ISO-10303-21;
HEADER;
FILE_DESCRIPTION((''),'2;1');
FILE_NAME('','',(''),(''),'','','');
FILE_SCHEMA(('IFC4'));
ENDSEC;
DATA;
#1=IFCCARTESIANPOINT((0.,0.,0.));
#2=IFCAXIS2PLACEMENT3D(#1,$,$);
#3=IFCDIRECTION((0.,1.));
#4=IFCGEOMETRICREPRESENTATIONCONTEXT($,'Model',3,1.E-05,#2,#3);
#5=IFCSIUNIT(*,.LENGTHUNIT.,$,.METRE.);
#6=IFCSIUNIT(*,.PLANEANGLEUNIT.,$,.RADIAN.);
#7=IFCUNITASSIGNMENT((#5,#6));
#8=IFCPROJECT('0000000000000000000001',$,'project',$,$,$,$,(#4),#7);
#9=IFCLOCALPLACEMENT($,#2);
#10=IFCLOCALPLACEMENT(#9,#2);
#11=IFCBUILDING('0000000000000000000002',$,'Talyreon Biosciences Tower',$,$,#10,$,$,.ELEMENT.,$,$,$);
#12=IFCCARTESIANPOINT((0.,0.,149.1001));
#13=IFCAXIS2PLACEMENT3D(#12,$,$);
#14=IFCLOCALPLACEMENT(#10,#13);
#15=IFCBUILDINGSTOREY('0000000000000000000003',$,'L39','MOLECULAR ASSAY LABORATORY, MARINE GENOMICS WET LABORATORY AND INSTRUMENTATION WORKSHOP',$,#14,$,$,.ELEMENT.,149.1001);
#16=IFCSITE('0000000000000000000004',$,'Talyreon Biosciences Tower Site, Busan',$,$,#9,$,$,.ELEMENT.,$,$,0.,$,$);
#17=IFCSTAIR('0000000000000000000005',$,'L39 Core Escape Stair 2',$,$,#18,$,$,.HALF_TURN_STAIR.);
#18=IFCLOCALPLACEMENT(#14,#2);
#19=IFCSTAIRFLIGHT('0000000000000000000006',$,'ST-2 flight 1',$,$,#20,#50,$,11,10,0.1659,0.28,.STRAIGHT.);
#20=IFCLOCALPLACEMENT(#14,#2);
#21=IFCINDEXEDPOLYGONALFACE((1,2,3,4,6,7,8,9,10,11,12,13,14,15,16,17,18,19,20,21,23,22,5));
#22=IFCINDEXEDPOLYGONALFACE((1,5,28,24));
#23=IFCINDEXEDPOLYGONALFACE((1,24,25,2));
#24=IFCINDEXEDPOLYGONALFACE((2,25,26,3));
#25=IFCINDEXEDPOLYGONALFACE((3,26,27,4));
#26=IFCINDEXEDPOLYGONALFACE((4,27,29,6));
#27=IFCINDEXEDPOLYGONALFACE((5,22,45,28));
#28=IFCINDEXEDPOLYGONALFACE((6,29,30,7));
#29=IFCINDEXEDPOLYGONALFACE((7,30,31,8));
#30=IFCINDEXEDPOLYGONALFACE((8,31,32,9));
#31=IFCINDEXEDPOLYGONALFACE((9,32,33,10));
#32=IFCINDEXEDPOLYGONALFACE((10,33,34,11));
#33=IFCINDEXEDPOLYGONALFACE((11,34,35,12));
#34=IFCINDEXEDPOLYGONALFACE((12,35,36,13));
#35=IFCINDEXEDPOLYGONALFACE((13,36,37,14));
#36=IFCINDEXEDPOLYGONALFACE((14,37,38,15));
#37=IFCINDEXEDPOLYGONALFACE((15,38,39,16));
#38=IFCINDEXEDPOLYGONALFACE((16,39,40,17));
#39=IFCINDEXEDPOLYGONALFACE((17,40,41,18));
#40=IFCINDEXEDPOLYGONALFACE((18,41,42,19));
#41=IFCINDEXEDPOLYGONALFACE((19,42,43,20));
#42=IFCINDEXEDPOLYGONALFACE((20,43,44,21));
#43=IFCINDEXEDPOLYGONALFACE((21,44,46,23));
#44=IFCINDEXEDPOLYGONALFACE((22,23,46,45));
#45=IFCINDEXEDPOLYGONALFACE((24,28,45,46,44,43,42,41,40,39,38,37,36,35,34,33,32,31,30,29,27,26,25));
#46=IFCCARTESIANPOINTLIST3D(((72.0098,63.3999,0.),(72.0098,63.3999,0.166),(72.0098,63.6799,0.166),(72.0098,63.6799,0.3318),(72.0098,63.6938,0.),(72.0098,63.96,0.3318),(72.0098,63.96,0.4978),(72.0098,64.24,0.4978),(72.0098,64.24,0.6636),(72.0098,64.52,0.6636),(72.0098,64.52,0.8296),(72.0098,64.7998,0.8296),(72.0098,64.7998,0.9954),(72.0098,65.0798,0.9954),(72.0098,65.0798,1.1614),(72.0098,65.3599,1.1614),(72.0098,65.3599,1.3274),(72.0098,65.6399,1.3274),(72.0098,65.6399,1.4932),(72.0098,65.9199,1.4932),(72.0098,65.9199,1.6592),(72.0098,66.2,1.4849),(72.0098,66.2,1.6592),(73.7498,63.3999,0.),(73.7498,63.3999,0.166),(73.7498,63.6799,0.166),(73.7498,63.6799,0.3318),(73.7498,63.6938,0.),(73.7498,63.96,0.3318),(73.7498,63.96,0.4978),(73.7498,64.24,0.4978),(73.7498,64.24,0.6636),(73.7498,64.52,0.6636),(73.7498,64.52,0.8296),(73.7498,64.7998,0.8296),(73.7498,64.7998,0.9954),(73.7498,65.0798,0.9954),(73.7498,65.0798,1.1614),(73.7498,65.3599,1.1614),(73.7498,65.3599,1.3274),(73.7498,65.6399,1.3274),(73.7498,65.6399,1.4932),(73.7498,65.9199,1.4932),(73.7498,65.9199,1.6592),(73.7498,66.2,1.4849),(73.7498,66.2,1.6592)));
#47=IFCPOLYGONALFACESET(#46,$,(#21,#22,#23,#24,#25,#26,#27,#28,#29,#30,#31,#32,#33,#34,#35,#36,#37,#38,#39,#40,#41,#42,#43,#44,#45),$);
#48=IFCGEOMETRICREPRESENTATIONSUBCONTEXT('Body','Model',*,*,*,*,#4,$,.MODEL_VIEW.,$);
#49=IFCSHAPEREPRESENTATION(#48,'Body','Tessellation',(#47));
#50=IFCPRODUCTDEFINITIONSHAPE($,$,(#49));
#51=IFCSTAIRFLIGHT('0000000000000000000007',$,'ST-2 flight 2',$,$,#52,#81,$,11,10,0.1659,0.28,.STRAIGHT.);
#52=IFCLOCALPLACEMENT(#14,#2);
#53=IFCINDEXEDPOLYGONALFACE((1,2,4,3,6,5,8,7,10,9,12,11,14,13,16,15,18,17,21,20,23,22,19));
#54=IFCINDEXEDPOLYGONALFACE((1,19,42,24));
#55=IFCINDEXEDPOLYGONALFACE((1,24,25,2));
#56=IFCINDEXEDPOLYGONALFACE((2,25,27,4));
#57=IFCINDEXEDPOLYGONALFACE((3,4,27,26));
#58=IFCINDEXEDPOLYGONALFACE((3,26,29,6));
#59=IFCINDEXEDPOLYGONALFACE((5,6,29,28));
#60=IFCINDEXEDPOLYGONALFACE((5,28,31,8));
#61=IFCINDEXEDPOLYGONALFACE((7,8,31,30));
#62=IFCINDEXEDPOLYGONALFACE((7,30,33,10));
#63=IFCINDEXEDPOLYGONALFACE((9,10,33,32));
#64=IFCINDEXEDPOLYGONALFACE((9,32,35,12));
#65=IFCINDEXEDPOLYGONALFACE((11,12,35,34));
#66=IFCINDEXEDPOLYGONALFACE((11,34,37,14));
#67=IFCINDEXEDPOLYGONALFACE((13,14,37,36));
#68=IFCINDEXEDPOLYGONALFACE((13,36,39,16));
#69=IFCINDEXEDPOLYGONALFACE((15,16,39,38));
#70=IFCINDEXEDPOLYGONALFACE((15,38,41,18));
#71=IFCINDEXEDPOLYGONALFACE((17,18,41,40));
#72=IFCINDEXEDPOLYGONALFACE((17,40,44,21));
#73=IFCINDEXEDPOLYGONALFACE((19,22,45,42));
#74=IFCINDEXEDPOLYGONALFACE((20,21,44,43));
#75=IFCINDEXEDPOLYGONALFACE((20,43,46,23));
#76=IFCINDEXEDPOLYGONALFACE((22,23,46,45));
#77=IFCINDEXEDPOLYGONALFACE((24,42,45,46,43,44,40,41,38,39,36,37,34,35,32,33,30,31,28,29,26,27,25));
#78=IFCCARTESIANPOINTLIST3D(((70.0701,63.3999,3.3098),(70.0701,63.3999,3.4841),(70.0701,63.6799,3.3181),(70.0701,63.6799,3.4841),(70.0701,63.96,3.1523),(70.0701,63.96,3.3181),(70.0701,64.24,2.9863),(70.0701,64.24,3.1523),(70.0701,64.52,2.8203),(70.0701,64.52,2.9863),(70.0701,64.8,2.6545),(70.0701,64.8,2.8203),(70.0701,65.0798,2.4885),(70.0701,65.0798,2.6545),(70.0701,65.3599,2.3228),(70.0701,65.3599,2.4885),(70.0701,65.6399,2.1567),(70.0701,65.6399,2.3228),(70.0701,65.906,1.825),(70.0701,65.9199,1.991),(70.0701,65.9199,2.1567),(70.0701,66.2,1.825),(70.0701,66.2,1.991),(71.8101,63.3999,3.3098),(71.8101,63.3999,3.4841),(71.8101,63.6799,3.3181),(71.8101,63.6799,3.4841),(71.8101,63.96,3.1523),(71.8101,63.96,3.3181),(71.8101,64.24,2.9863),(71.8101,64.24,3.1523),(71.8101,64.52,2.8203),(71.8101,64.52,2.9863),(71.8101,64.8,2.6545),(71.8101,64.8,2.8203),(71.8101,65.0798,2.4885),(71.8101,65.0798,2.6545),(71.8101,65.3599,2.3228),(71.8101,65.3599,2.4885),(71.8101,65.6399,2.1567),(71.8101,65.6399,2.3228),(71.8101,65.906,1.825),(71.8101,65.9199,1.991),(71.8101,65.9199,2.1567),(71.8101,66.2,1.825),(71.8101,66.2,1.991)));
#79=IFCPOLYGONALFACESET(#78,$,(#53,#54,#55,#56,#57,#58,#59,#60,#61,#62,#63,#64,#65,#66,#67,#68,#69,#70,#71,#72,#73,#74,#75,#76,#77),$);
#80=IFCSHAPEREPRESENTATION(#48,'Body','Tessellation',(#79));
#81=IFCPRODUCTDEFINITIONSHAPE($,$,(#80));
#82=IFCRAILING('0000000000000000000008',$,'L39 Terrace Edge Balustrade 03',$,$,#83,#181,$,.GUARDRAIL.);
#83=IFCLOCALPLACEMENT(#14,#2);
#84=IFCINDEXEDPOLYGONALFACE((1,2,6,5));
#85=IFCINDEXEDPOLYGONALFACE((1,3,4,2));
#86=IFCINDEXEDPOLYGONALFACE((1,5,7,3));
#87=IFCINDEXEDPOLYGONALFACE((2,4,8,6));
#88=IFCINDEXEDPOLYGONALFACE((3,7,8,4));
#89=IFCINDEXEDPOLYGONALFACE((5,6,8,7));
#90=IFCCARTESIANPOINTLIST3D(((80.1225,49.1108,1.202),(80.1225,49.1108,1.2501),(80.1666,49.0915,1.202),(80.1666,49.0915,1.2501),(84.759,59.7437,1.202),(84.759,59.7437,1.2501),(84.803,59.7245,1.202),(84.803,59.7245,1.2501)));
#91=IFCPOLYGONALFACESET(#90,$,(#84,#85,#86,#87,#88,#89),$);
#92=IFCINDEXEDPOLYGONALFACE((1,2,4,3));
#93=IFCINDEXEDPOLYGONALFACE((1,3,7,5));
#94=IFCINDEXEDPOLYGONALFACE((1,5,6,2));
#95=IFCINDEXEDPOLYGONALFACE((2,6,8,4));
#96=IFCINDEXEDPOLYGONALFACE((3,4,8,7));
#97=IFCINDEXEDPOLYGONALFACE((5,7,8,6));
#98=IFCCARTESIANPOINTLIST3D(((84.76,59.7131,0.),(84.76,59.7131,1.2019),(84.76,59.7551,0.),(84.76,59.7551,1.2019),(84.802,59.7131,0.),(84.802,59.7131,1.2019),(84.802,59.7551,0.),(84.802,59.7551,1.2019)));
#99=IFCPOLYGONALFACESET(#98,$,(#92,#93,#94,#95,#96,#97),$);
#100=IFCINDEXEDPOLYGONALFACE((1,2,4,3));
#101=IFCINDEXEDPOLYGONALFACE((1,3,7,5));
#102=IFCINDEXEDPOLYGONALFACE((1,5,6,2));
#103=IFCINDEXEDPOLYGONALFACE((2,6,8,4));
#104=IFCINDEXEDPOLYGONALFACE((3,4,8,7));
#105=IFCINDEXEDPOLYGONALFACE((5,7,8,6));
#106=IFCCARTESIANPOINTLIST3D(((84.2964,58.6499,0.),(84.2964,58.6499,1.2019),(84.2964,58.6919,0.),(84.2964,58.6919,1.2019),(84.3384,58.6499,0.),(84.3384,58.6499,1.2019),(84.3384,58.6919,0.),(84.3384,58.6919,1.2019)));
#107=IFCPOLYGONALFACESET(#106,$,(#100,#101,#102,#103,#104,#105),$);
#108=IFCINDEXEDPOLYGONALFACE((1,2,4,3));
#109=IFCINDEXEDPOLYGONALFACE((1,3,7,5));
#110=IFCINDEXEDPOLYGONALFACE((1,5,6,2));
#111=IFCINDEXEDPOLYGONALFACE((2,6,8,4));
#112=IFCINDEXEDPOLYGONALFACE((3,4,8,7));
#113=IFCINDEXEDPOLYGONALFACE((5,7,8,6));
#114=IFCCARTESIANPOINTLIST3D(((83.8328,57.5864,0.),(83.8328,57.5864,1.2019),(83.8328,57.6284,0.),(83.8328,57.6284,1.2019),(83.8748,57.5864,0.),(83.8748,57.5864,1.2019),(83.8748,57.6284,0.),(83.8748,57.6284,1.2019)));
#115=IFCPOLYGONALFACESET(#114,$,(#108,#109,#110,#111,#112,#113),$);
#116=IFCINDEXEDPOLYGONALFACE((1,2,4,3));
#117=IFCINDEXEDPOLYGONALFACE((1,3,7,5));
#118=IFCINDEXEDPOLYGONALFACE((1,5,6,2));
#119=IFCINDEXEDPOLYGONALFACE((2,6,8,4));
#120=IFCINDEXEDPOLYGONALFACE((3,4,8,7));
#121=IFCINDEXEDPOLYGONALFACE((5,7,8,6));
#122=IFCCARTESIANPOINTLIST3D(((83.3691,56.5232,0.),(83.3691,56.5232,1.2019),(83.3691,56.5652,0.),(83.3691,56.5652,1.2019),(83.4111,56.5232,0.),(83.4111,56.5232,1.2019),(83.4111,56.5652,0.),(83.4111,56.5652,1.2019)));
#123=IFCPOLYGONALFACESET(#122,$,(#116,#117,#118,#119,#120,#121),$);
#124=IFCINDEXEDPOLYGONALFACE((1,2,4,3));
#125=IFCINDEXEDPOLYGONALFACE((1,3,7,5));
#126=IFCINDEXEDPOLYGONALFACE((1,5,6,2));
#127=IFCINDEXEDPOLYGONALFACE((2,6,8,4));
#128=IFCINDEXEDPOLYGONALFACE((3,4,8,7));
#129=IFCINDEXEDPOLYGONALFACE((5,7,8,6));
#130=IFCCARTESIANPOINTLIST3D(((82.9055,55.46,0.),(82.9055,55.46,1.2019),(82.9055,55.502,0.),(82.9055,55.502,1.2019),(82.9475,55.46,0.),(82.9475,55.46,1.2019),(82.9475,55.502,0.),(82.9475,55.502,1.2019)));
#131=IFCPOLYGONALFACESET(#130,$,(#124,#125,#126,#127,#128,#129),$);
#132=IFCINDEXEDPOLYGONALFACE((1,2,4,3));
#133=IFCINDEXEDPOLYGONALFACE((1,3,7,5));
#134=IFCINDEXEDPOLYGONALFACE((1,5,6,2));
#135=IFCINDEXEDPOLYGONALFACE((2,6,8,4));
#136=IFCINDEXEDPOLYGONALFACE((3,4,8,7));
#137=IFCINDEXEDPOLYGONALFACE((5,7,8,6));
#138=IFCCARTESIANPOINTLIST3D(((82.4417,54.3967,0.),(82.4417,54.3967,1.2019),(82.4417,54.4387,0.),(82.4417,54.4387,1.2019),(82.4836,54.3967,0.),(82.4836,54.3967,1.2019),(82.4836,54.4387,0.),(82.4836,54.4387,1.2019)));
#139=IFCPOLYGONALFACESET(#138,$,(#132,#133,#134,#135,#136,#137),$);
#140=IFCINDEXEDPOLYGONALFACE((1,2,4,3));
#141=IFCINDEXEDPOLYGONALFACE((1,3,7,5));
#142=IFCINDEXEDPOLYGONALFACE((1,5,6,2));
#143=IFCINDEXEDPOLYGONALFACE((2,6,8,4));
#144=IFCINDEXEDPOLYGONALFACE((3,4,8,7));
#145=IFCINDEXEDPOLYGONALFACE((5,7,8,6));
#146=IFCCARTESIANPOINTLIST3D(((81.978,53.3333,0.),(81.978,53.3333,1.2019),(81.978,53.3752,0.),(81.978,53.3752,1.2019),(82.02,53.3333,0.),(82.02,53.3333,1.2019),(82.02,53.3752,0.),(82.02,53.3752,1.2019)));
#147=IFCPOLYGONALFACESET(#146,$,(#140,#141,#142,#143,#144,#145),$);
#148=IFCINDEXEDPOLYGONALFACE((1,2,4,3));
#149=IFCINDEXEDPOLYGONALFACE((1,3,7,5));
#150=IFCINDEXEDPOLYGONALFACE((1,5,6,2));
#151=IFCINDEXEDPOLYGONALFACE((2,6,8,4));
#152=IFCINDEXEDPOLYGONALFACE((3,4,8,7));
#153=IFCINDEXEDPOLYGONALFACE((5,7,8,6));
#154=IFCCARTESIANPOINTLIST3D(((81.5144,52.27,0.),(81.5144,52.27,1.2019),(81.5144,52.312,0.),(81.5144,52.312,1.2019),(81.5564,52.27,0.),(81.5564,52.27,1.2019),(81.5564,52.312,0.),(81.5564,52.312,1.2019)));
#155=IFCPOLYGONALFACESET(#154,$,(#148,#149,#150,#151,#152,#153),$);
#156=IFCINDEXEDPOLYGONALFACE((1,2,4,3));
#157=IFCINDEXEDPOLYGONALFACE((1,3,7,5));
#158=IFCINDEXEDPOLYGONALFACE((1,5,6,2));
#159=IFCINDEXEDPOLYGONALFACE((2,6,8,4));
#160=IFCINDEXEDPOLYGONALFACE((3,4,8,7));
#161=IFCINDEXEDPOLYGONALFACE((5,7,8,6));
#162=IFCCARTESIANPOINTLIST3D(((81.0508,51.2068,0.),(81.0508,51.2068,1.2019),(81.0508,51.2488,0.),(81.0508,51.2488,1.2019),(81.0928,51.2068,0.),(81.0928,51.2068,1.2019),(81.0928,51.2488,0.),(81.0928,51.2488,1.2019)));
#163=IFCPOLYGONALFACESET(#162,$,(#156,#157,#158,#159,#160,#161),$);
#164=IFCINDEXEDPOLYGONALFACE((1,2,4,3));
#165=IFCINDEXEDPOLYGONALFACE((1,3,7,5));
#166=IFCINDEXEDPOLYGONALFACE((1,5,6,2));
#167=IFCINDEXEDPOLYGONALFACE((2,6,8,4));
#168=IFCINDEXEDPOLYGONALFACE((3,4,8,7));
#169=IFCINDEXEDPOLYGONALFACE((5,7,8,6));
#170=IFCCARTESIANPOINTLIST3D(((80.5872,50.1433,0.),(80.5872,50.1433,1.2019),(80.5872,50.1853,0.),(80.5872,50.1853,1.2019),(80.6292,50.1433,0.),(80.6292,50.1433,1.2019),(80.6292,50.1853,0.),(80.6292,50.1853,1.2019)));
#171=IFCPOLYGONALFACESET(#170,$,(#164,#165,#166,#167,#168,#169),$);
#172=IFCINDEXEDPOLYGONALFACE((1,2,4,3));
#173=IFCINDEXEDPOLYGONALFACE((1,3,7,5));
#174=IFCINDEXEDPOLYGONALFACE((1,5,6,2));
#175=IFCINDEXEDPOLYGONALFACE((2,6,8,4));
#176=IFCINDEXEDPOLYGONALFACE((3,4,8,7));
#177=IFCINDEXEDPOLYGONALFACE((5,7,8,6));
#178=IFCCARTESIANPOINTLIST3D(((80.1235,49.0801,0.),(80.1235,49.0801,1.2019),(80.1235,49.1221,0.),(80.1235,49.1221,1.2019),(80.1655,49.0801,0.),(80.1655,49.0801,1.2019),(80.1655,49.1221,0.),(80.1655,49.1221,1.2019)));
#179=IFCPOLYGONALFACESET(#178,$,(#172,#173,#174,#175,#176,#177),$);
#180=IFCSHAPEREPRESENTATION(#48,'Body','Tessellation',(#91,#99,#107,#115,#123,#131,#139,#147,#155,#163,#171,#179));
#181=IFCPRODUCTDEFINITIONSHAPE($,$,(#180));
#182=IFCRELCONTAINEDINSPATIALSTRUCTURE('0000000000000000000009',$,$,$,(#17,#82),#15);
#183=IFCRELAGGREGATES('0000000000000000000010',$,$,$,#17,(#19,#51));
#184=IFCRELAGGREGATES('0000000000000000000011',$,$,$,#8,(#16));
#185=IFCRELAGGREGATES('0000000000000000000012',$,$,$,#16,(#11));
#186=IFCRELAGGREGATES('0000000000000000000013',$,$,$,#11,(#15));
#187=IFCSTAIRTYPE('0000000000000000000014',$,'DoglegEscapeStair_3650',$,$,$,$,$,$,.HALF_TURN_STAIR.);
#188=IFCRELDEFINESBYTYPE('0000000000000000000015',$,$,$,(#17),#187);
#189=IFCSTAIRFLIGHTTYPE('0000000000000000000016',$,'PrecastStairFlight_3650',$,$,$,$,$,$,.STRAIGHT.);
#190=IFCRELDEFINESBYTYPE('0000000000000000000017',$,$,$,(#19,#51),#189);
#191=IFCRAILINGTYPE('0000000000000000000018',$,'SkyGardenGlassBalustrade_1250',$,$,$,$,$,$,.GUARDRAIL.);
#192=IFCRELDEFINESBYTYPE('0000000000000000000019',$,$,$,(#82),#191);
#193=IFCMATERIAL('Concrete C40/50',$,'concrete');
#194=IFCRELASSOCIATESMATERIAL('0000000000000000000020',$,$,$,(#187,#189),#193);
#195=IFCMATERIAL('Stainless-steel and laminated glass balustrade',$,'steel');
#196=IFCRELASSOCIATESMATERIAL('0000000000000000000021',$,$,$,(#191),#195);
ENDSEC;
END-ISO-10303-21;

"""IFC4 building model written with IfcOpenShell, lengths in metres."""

from ifc_helpers import new_model, si_unit, direction, frame, origin, origin_2d, place, context, subcontext, project, spatial, polyline, rectangle, outline, extrude, material, type_object, element, aggregate, save


model = new_model("IFC4")

# Units and contexts
model_context = context("Model", 3, precision=1e-05, world=origin(), true_north=direction((0.0, 1.0)))
body_context = subcontext(model_context, "Body", "Model", "MODEL_VIEW")
ifc_project = project(units=[si_unit("LENGTHUNIT", "METRE"), si_unit("PLANEANGLEUNIT", "RADIAN")], contexts=[model_context])

# Site, building, storey
site_placement = place(None, origin())
site = spatial("IfcSite", under=ifc_project, at=site_placement, Name="Talyreon Biosciences Tower Site, Busan", CompositionType="ELEMENT", RefElevation=0.0)
building_placement = place(site_placement, origin())
building = spatial("IfcBuilding", under=site, at=building_placement, Name="Talyreon Biosciences Tower", CompositionType="ELEMENT")
storey_placement = place(building_placement, frame((0.0, 0.0, 149.1001)))
storey = spatial("IfcBuildingStorey", under=building, at=storey_placement, Name="L39", Description="MOLECULAR ASSAY LABORATORY, MARINE GENOMICS WET LABORATORY AND INSTRUMENTATION WORKSHOP", CompositionType="ELEMENT", Elevation=149.1001)

# Stair, stair flights
ifc_material_1 = material(Name="Concrete C40/50", Category="concrete")
stair_type = type_object("IfcStairType", Name="DoglegEscapeStair_3650", PredefinedType="HALF_TURN_STAIR", material=ifc_material_1)
stair_placement = place(storey_placement, origin())
stair = element("IfcStair", 1, at=stair_placement, inside=storey, type_object=stair_type, Name="L39 Core Escape Stair 2", PredefinedType="HALF_TURN_STAIR")
stair_flight_type = type_object("IfcStairFlightType", Name="PrecastStairFlight_3650", PredefinedType="STRAIGHT", material=ifc_material_1)
stair_flight_1_placement = place(storey_placement, frame((72.8799, 63.3999, 0.0), z_axis=(0.0, 0.0, 1.0), x_axis=(0.0, 1.0, 0.0)))
stair_flight_1 = element("IfcStairFlight", 2, at=stair_flight_1_placement, type_object=stair_flight_type, Name="ST-2 flight 1", NumberOfRisers=11, NumberOfTreads=10, PredefinedType="STRAIGHT", RiserHeight=0.1659, TreadLength=0.28, context=body_context, shape_type="SweptSolid", body=[
    extrude(outline(polyline([(0.0, 0.0), (0.0, 0.166), (0.28, 0.166), (0.28, 0.3318), (0.5601, 0.3318), (0.5601, 0.4978), (0.8401, 0.4978), (0.8401, 0.6636), (1.1201, 0.6636), (1.1201, 0.8296), (1.3999, 0.8296), (1.3999, 0.9954), (1.6799, 0.9954), (1.6799, 1.1614), (1.96, 1.1614), (1.96, 1.3274), (2.24, 1.3274), (2.24, 1.4932), (2.52, 1.4932), (2.52, 1.6592), (2.8, 1.6592), (2.8, 1.825), (2.8, 1.4849), (0.2939, 0.0), (0.0, 0.0)])), frame((0.0, 0.8701, 0.0), z_axis=(0.0, -1.0, 0.0), x_axis=(1.0, 0.0, 0.0)), (0.0, 0.0, 1.0), 1.74),
])
stair_flight_2_placement = place(storey_placement, frame((70.9399, 66.2, 1.825), z_axis=(0.0, 0.0, 1.0), x_axis=(0.0, -1.0, 0.0)))
stair_flight_2 = element("IfcStairFlight", 3, at=stair_flight_2_placement, type_object=stair_flight_type, Name="ST-2 flight 2", NumberOfRisers=11, NumberOfTreads=10, PredefinedType="STRAIGHT", RiserHeight=0.1659, TreadLength=0.28, context=body_context, shape_type="SweptSolid", body=[
    extrude(outline(polyline([(0.0, 0.0), (0.0, 0.166), (0.28, 0.166), (0.28, 0.3318), (0.5601, 0.3318), (0.5601, 0.4978), (0.8401, 0.4978), (0.8401, 0.6636), (1.1201, 0.6636), (1.1201, 0.8296), (1.3999, 0.8296), (1.3999, 0.9954), (1.6799, 0.9954), (1.6799, 1.1614), (1.96, 1.1614), (1.96, 1.3274), (2.24, 1.3274), (2.24, 1.4932), (2.52, 1.4932), (2.52, 1.6592), (2.8, 1.6592), (2.8, 1.825), (2.8, 1.4849), (0.2939, 0.0), (0.0, 0.0)])), frame((0.0, 0.8701, 0.0), z_axis=(0.0, -1.0, 0.0), x_axis=(1.0, 0.0, 0.0)), (0.0, 0.0, 1.0), 1.74),
])
aggregate(stair, [stair_flight_1, stair_flight_2])

# Railing
ifc_material_2 = material(Name="Stainless-steel and laminated glass balustrade", Category="steel")
railing_type_1 = type_object("IfcRailingType", Name="SkyGardenGlassBalustrade_1250", PredefinedType="GUARDRAIL", material=ifc_material_2)
railing_1_placement = place(storey_placement, frame((84.781, 59.7341, 0.0)))
element("IfcRailing", 4, at=railing_1_placement, inside=storey, type_object=railing_type_1, Name="L39 Terrace Edge Balustrade 03", PredefinedType="GUARDRAIL", context=body_context, shape_type="SweptSolid", body=[
    extrude(rectangle(XDim=0.0481, YDim=0.0481, at=origin_2d()), frame((0.0, 0.0, 1.2261), z_axis=(-0.399698, -0.916647, 0.0), x_axis=(0.916647, -0.399698, 0.0)), (0.0, 0.0, 1.0), 11.5999),
    extrude(rectangle(XDim=0.042, YDim=0.042, at=origin_2d()), origin(), (0.0, 0.0, 1.0), 1.2019),
    extrude(rectangle(XDim=0.042, YDim=0.042, at=origin_2d()), frame((-0.4636, -1.0632, 0.0)), (0.0, 0.0, 1.0), 1.2019),
    extrude(rectangle(XDim=0.042, YDim=0.042, at=origin_2d()), frame((-0.9272, -2.1267, 0.0)), (0.0, 0.0, 1.0), 1.2019),
    extrude(rectangle(XDim=0.042, YDim=0.042, at=origin_2d()), frame((-1.3909, -3.1899, 0.0)), (0.0, 0.0, 1.0), 1.2019),
    extrude(rectangle(XDim=0.042, YDim=0.042, at=origin_2d()), frame((-1.8545, -4.2532, 0.0)), (0.0, 0.0, 1.0), 1.2019),
    extrude(rectangle(XDim=0.042, YDim=0.042, at=origin_2d()), frame((-2.3184, -5.3164, 0.0)), (0.0, 0.0, 1.0), 1.2019),
    extrude(rectangle(XDim=0.042, YDim=0.042, at=origin_2d()), frame((-2.782, -6.3799, 0.0)), (0.0, 0.0, 1.0), 1.2019),
    extrude(rectangle(XDim=0.042, YDim=0.042, at=origin_2d()), frame((-3.2456, -7.4431, 0.0)), (0.0, 0.0, 1.0), 1.2019),
    extrude(rectangle(XDim=0.042, YDim=0.042, at=origin_2d()), frame((-3.7092, -8.5063, 0.0)), (0.0, 0.0, 1.0), 1.2019),
    extrude(rectangle(XDim=0.042, YDim=0.042, at=origin_2d()), frame((-4.1729, -9.5698, 0.0)), (0.0, 0.0, 1.0), 1.2019),
    extrude(rectangle(XDim=0.042, YDim=0.042, at=origin_2d()), frame((-4.6365, -10.6331, 0.0)), (0.0, 0.0, 1.0), 1.2019),
])

save(model, "model.ifc")
